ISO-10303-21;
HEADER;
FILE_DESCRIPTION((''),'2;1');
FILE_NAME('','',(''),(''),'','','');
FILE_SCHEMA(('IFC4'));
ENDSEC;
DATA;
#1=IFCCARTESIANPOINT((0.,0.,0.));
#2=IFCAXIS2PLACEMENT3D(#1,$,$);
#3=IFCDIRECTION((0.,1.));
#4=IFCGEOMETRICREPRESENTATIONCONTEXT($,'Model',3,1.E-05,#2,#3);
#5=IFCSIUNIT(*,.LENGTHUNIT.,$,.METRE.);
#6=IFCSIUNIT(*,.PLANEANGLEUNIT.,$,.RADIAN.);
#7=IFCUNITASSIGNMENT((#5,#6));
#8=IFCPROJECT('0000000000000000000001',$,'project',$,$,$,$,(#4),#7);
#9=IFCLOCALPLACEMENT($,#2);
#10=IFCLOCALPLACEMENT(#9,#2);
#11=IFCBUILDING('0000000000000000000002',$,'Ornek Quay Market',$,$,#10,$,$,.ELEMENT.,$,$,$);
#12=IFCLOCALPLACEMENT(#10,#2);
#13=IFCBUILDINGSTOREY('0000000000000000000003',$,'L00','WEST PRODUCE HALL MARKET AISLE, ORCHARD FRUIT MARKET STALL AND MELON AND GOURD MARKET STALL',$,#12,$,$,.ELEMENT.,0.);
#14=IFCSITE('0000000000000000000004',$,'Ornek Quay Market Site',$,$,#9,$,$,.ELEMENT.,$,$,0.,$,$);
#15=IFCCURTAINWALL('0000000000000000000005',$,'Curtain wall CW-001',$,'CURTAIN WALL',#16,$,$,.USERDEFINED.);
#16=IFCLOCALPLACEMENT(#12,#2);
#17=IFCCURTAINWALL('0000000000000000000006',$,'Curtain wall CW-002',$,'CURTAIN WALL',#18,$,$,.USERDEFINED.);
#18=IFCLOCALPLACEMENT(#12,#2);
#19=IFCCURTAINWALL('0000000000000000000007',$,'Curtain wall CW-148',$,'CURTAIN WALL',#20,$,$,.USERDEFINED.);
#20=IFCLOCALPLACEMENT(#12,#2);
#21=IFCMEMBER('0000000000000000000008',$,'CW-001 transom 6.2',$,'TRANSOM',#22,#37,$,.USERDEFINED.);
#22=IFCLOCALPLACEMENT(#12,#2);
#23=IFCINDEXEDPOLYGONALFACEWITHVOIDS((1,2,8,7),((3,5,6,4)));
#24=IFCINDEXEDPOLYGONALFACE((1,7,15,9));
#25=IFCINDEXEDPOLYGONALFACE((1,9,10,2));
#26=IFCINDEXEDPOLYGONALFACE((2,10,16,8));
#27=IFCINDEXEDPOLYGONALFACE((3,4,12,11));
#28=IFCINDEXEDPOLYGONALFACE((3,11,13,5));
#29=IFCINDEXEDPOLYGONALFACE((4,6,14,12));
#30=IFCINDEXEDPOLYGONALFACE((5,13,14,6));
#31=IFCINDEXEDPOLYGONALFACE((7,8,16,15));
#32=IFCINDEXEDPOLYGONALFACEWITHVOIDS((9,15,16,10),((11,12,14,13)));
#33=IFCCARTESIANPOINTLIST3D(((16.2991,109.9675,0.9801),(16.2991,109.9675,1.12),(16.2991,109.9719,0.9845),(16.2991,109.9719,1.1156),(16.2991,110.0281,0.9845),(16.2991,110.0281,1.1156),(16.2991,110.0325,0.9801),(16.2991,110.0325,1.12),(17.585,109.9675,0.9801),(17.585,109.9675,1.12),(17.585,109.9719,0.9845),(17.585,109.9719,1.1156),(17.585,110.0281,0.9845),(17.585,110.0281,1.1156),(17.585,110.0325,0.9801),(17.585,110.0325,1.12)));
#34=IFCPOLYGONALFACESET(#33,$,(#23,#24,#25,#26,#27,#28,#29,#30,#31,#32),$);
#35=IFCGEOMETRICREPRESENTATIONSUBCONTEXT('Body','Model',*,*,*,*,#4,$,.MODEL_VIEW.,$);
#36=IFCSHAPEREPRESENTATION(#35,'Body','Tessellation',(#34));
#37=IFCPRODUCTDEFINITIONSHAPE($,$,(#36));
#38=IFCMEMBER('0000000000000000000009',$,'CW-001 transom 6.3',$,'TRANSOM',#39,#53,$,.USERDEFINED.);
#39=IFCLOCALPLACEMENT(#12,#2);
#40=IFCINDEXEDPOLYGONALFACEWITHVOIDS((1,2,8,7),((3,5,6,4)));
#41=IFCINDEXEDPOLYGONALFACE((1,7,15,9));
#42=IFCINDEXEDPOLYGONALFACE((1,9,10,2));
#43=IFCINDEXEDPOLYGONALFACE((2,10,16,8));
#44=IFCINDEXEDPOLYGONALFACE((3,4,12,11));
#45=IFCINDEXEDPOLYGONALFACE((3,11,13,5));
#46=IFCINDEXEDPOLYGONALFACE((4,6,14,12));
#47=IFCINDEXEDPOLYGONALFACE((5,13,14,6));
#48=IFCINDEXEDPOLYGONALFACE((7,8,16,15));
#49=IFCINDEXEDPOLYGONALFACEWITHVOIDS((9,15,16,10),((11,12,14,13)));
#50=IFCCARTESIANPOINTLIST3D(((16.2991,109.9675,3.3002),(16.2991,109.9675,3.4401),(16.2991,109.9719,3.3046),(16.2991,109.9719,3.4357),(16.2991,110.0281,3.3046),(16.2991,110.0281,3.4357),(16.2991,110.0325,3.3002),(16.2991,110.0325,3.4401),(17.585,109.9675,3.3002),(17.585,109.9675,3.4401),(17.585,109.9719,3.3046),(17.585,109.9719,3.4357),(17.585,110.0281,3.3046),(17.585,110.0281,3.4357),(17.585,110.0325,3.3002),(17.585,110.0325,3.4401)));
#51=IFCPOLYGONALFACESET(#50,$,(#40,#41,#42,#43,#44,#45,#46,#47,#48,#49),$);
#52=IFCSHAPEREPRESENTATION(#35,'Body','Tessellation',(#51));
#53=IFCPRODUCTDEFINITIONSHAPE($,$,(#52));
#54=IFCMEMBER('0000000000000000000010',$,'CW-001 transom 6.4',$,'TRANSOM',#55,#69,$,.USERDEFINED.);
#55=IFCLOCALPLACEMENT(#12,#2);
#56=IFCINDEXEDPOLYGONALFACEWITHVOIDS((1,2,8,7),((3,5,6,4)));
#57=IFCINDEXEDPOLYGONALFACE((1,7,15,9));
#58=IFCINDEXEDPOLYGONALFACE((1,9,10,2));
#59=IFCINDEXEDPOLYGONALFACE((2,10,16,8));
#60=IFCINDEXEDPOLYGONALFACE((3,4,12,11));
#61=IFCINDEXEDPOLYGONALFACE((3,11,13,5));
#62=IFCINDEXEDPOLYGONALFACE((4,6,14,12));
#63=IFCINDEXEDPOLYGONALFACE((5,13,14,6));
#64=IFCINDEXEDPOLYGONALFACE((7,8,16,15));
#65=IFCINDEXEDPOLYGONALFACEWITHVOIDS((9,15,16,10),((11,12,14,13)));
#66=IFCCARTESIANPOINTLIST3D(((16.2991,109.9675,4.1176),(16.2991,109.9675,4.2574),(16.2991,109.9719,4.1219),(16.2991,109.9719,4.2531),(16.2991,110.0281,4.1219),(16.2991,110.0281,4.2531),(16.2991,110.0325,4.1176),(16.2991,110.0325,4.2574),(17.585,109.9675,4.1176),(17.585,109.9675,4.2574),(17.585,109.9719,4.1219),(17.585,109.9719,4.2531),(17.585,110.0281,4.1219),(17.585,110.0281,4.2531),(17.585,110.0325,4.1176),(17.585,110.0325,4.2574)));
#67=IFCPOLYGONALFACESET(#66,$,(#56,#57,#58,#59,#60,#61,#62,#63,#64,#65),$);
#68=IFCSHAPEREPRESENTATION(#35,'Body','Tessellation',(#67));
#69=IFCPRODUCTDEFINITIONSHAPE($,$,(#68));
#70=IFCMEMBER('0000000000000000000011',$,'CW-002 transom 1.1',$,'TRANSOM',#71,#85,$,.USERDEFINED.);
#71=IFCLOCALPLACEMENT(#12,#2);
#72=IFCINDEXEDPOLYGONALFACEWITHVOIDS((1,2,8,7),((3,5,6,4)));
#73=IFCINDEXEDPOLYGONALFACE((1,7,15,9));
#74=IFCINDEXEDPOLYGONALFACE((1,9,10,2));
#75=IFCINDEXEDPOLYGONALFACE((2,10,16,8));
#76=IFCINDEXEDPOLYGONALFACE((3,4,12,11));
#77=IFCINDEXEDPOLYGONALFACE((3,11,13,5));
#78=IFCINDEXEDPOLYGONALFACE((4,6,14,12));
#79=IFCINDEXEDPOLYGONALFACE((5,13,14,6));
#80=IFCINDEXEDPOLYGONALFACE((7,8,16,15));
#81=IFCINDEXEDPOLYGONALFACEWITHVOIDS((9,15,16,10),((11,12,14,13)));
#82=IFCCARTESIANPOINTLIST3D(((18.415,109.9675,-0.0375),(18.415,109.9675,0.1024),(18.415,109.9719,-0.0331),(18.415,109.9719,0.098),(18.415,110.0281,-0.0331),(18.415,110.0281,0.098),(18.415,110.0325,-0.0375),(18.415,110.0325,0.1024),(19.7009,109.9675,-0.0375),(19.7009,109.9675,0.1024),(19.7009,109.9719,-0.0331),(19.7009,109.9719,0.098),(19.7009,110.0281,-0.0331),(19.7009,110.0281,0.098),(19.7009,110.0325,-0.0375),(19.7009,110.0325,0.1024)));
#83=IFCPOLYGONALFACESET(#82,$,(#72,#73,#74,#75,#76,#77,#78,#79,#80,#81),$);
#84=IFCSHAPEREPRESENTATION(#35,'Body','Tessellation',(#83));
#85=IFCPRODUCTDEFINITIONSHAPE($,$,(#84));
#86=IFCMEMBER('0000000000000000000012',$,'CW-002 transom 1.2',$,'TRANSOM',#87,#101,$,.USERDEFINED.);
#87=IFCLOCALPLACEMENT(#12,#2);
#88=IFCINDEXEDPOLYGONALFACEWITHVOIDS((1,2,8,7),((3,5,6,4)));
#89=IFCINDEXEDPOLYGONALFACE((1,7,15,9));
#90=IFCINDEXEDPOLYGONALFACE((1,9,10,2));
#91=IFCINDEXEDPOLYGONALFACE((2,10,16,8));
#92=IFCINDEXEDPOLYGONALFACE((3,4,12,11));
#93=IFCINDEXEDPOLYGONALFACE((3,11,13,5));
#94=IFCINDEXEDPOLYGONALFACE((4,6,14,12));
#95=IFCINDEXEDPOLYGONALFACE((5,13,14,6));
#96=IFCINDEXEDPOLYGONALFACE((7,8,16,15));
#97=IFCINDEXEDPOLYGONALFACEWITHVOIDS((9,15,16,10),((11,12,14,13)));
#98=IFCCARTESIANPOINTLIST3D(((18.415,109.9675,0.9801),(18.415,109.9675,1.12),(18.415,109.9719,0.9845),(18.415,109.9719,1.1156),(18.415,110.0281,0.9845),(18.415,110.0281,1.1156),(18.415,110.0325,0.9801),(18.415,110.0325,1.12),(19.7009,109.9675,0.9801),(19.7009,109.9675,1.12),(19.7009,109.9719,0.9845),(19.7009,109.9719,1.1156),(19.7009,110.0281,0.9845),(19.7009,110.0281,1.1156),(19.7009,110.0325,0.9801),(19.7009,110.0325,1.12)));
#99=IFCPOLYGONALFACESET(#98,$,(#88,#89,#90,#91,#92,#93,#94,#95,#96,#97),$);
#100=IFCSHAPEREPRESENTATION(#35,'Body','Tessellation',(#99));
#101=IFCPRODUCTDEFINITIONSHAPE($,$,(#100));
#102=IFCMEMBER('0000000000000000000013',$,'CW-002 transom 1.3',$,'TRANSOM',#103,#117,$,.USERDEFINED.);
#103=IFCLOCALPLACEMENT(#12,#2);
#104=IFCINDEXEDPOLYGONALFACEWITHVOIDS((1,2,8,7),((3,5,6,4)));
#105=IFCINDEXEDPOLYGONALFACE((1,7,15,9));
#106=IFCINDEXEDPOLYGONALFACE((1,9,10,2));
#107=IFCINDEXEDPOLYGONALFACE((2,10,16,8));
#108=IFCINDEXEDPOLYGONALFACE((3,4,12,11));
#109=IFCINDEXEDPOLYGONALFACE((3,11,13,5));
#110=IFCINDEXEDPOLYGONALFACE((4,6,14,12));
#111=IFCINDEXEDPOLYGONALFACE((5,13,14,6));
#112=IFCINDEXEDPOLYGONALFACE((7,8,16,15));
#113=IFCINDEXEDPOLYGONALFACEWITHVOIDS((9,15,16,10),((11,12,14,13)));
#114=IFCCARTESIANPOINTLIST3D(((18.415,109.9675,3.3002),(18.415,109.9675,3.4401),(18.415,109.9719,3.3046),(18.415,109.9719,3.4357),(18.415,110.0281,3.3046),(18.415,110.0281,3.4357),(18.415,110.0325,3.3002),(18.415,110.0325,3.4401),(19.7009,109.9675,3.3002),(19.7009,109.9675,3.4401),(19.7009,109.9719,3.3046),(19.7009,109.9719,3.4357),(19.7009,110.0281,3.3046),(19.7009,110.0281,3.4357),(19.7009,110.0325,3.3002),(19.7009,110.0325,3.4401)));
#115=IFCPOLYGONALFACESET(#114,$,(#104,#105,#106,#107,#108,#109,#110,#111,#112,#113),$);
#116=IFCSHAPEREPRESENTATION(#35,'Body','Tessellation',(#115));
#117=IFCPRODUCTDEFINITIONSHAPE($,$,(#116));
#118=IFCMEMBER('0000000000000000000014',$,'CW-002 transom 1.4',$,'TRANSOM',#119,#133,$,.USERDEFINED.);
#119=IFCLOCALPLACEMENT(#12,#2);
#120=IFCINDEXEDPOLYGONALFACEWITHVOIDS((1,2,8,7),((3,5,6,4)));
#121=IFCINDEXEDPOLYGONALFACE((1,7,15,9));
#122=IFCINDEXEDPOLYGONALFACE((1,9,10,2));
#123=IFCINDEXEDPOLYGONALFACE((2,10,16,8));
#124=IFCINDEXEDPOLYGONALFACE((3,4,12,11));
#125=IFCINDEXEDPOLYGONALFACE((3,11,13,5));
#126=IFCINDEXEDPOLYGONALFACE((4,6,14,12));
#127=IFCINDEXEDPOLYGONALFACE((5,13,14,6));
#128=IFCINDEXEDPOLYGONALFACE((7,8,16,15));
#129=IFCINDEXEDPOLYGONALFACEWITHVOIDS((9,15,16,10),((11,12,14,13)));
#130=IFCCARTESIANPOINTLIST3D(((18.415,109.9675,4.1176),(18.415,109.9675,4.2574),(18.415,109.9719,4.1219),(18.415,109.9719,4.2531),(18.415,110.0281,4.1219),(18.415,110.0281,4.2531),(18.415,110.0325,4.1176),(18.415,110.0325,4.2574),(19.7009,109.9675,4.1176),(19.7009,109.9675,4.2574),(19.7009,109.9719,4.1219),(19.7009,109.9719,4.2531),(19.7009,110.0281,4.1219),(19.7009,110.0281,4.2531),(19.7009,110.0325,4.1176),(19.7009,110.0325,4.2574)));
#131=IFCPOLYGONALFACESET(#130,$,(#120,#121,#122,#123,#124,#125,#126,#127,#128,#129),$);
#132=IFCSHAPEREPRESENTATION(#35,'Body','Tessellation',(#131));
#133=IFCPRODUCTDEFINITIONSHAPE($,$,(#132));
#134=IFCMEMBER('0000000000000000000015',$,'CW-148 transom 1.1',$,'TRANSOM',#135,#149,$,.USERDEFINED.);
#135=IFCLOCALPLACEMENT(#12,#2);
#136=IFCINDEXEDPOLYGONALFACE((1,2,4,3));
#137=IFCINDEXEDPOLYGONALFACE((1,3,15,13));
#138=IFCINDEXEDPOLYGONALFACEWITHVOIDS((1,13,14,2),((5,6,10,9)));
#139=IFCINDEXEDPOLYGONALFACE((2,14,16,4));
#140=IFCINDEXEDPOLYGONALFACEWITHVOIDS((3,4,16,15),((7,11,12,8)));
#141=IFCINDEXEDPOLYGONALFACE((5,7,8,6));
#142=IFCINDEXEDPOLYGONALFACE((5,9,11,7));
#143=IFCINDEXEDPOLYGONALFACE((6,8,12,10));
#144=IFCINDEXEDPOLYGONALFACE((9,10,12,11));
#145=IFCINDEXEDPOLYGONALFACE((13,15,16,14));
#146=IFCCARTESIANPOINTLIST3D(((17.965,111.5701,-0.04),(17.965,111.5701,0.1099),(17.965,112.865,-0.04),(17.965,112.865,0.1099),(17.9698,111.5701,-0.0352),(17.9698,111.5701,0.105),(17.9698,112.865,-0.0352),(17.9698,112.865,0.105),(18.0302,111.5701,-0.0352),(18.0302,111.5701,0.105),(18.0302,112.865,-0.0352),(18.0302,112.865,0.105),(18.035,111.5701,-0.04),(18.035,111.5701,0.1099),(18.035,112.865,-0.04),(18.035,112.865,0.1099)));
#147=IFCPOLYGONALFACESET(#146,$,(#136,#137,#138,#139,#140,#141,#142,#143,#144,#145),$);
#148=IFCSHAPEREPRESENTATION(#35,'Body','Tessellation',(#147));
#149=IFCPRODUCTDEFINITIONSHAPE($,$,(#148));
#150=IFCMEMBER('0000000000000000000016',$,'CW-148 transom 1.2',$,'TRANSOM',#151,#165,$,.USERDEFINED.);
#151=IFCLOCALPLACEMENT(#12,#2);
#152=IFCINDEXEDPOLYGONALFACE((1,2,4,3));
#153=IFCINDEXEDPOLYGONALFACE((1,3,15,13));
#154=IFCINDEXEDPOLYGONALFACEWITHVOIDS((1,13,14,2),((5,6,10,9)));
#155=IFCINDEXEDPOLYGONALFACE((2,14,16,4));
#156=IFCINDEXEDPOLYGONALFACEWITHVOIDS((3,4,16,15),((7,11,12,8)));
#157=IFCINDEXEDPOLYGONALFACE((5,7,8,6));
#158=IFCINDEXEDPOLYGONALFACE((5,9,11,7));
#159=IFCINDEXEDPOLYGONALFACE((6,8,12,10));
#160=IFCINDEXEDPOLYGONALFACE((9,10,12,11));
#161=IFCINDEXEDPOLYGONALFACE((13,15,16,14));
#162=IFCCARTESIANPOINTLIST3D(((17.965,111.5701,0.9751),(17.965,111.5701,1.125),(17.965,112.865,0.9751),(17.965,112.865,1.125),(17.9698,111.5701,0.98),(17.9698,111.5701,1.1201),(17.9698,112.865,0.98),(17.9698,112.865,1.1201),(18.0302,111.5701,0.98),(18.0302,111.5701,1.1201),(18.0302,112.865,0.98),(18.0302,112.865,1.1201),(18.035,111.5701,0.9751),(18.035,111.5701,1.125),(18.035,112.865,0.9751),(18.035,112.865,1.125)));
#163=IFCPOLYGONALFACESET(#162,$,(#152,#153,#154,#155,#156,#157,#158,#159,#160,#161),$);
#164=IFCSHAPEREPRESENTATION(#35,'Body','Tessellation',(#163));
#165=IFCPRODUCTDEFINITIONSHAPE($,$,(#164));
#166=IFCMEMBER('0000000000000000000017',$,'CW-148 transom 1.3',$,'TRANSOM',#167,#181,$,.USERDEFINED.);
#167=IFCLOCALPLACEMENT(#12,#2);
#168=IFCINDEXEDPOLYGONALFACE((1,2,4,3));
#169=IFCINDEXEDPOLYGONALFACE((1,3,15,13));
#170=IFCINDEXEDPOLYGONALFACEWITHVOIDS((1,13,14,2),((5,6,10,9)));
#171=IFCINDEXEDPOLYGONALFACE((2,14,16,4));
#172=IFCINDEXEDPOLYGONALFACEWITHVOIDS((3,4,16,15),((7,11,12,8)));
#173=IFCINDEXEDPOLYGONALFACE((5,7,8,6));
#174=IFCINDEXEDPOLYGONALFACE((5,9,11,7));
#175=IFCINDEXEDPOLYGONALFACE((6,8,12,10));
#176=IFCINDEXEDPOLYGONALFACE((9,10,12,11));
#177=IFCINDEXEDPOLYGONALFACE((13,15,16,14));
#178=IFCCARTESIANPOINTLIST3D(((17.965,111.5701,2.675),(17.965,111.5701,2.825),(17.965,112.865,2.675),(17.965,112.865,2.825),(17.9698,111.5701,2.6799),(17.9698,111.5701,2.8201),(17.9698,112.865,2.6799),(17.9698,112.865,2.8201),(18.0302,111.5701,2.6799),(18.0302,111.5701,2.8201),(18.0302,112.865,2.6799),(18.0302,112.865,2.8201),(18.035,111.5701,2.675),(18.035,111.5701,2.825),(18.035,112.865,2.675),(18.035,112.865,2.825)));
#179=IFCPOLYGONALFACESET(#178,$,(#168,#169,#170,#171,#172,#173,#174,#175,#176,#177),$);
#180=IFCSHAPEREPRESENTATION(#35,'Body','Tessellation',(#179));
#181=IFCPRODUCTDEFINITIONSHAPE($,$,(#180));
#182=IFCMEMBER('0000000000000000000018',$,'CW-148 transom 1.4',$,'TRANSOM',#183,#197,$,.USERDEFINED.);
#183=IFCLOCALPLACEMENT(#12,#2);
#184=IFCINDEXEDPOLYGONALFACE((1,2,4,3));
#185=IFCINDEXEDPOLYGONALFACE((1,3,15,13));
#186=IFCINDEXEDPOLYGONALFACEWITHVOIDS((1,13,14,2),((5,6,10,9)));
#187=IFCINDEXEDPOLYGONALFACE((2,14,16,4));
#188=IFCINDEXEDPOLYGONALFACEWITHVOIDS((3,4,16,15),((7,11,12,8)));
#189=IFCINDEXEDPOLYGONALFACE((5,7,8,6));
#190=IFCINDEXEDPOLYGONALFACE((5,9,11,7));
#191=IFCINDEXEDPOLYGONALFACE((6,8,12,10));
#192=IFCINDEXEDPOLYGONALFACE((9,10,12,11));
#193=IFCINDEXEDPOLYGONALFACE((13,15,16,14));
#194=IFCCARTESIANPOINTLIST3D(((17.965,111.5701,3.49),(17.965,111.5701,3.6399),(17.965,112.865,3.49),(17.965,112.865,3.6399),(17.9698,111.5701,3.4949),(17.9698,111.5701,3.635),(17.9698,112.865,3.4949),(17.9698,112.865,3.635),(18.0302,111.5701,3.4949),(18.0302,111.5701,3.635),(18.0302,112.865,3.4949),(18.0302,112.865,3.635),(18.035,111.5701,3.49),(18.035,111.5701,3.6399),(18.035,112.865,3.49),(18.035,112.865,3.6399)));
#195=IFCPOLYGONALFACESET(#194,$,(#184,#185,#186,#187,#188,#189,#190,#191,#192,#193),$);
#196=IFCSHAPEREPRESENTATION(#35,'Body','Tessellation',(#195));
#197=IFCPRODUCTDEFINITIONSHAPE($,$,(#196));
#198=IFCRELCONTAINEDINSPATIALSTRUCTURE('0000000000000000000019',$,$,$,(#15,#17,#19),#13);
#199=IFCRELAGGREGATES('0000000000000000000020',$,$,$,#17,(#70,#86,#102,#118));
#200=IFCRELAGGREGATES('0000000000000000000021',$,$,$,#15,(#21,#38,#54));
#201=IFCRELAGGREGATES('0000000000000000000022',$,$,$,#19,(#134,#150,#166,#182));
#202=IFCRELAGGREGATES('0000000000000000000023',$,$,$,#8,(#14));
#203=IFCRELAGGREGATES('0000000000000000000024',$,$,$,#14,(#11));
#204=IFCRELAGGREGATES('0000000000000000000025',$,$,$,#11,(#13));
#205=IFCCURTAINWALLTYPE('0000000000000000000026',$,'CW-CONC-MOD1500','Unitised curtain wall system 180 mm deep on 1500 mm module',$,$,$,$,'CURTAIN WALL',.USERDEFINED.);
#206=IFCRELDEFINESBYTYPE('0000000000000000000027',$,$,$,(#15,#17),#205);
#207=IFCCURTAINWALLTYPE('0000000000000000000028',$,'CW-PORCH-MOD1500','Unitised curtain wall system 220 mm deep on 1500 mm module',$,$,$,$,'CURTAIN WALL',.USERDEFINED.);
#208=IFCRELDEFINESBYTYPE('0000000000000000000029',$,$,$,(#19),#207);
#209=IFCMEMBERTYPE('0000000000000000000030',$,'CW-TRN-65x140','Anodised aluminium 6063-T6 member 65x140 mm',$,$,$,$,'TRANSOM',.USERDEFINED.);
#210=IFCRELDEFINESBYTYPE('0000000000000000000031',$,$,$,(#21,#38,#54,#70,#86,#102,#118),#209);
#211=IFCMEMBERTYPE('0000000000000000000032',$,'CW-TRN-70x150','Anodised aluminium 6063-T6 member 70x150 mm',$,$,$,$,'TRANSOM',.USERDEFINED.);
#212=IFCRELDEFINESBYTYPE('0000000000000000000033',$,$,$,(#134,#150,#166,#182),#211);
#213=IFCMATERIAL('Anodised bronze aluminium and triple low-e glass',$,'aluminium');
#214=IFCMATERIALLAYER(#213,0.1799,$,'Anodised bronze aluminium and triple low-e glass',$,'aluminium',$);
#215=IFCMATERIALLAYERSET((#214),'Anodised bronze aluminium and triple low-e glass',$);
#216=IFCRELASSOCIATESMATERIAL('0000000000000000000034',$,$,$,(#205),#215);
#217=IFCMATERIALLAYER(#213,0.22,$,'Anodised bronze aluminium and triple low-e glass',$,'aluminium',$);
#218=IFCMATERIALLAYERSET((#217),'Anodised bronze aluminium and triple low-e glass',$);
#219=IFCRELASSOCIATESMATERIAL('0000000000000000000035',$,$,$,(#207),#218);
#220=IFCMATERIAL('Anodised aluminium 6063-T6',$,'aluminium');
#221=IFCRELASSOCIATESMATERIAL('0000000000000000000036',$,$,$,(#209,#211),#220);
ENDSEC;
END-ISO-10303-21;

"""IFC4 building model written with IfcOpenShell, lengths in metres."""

from ifc_helpers import new_model, si_unit, direction, frame, origin, origin_2d, place, context, subcontext, project, spatial, hollow_rectangle, extrude, material, layer, layer_set, material_profile, profile_set, type_object, element, aggregate, save


model = new_model("IFC4")

# Units and contexts
model_context = context("Model", 3, precision=1e-05, world=origin(), true_north=direction((0.0, 1.0)))
body_context = subcontext(model_context, "Body", "Model", "MODEL_VIEW")
ifc_project = project(units=[si_unit("LENGTHUNIT", "METRE"), si_unit("PLANEANGLEUNIT", "RADIAN")], contexts=[model_context])

# Site, building, storey
site_placement = place(None, origin())
site = spatial("IfcSite", under=ifc_project, at=site_placement, Name="Ornek Quay Market Site", CompositionType="ELEMENT", RefElevation=0.0)
building_placement = place(site_placement, origin())
building = spatial("IfcBuilding", under=site, at=building_placement, Name="Ornek Quay Market", CompositionType="ELEMENT")
storey_placement = place(building_placement, origin())
storey = spatial("IfcBuildingStorey", under=building, at=storey_placement, Name="L00", Description="WEST PRODUCE HALL MARKET AISLE, ORCHARD FRUIT MARKET STALL AND MELON AND GOURD MARKET STALL", CompositionType="ELEMENT", Elevation=0.0)

# Curtain wall
ifc_material_1 = material(Name="Anodised bronze aluminium and triple low-e glass", Category="aluminium")
ifc_layer_1 = layer(ifc_material_1, 0.1799, Name="Anodised bronze aluminium and triple low-e glass", Category="aluminium")
ifc_layer_set_1 = layer_set([ifc_layer_1], Name="Anodised bronze aluminium and triple low-e glass")
curtain_wall_type_1 = type_object("IfcCurtainWallType", Name="CW-CONC-MOD1500", Description="Unitised curtain wall system 180 mm deep on 1500 mm module", ElementType="CURTAIN WALL", PredefinedType="USERDEFINED", material=ifc_layer_set_1)
curtain_wall_1_placement = place(storey_placement, origin())
curtain_wall_1 = element("IfcCurtainWall", 1, at=curtain_wall_1_placement, inside=storey, type_object=curtain_wall_type_1, Name="Curtain wall CW-001", ObjectType="CURTAIN WALL", PredefinedType="USERDEFINED")
ifc_material_2 = material(Name="Anodised aluminium 6063-T6", Category="aluminium")

# Curtain wall
curtain_wall_2_placement = place(storey_placement, origin())
curtain_wall_2 = element("IfcCurtainWall", 2, at=curtain_wall_2_placement, inside=storey, type_object=curtain_wall_type_1, Name="Curtain wall CW-002", ObjectType="CURTAIN WALL", PredefinedType="USERDEFINED")

# Curtain wall
ifc_layer_2 = layer(ifc_material_1, 0.22, Name="Anodised bronze aluminium and triple low-e glass", Category="aluminium")
ifc_layer_set_2 = layer_set([ifc_layer_2], Name="Anodised bronze aluminium and triple low-e glass")
curtain_wall_type_2 = type_object("IfcCurtainWallType", Name="CW-PORCH-MOD1500", Description="Unitised curtain wall system 220 mm deep on 1500 mm module", ElementType="CURTAIN WALL", PredefinedType="USERDEFINED", material=ifc_layer_set_2)
curtain_wall_3_placement = place(storey_placement, origin())
curtain_wall_3 = element("IfcCurtainWall", 3, at=curtain_wall_3_placement, inside=storey, type_object=curtain_wall_type_2, Name="Curtain wall CW-148", ObjectType="CURTAIN WALL", PredefinedType="USERDEFINED")

# Members
ifc_material_profile_1 = material_profile(ifc_material_2, hollow_rectangle(XDim=0.0649, YDim=0.1399, WallThickness=0.0044, at=origin_2d()), Name="CW-TRN-65x140", Category="aluminium")
ifc_profile_set_1 = profile_set([ifc_material_profile_1], Name="Anodised aluminium 6063-T6")
member_type_1 = type_object("IfcMemberType", Name="CW-TRN-65x140", Description="Anodised aluminium 6063-T6 member 65x140 mm", ElementType="TRANSOM", PredefinedType="USERDEFINED", material=ifc_profile_set_1)
member_1_placement = place(storey_placement, frame((16.2991, 110.0, 1.05), z_axis=(1.0, 0.0, 0.0), x_axis=(0.0, 1.0, 0.0)))
member_1 = element("IfcMember", 4, at=member_1_placement, type_object=member_type_1, Name="CW-001 transom 6.2", ObjectType="TRANSOM", PredefinedType="USERDEFINED", context=body_context, shape_type="SweptSolid", body=[
    extrude(hollow_rectangle(XDim=0.0649, YDim=0.1399, WallThickness=0.0044, at=origin_2d()), origin(), (0.0, 0.0, 1.0), 1.2859),
])
member_2_placement = place(storey_placement, frame((16.2991, 110.0, 3.3701), z_axis=(1.0, 0.0, 0.0), x_axis=(0.0, 1.0, 0.0)))
member_2 = element("IfcMember", 5, at=member_2_placement, type_object=member_type_1, Name="CW-001 transom 6.3", ObjectType="TRANSOM", PredefinedType="USERDEFINED", context=body_context, shape_type="SweptSolid", body=[
    extrude(hollow_rectangle(XDim=0.0649, YDim=0.1399, WallThickness=0.0044, at=origin_2d()), origin(), (0.0, 0.0, 1.0), 1.2859),
])
member_3_placement = place(storey_placement, frame((16.2991, 110.0, 4.1875), z_axis=(1.0, 0.0, 0.0), x_axis=(0.0, 1.0, 0.0)))
member_3 = element("IfcMember", 6, at=member_3_placement, type_object=member_type_1, Name="CW-001 transom 6.4", ObjectType="TRANSOM", PredefinedType="USERDEFINED", context=body_context, shape_type="SweptSolid", body=[
    extrude(hollow_rectangle(XDim=0.0649, YDim=0.1399, WallThickness=0.0044, at=origin_2d()), origin(), (0.0, 0.0, 1.0), 1.2859),
])
member_4_placement = place(storey_placement, frame((18.415, 110.0, 0.0325), z_axis=(1.0, 0.0, 0.0), x_axis=(0.0, 1.0, 0.0)))
member_4 = element("IfcMember", 7, at=member_4_placement, type_object=member_type_1, Name="CW-002 transom 1.1", ObjectType="TRANSOM", PredefinedType="USERDEFINED", context=body_context, shape_type="SweptSolid", body=[
    extrude(hollow_rectangle(XDim=0.0649, YDim=0.1399, WallThickness=0.0044, at=origin_2d()), origin(), (0.0, 0.0, 1.0), 1.2859),
])
member_5_placement = place(storey_placement, frame((18.415, 110.0, 1.05), z_axis=(1.0, 0.0, 0.0), x_axis=(0.0, 1.0, 0.0)))
member_5 = element("IfcMember", 8, at=member_5_placement, type_object=member_type_1, Name="CW-002 transom 1.2", ObjectType="TRANSOM", PredefinedType="USERDEFINED", context=body_context, shape_type="SweptSolid", body=[
    extrude(hollow_rectangle(XDim=0.0649, YDim=0.1399, WallThickness=0.0044, at=origin_2d()), origin(), (0.0, 0.0, 1.0), 1.2859),
])
member_6_placement = place(storey_placement, frame((18.415, 110.0, 3.3701), z_axis=(1.0, 0.0, 0.0), x_axis=(0.0, 1.0, 0.0)))
member_6 = element("IfcMember", 9, at=member_6_placement, type_object=member_type_1, Name="CW-002 transom 1.3", ObjectType="TRANSOM", PredefinedType="USERDEFINED", context=body_context, shape_type="SweptSolid", body=[
    extrude(hollow_rectangle(XDim=0.0649, YDim=0.1399, WallThickness=0.0044, at=origin_2d()), origin(), (0.0, 0.0, 1.0), 1.2859),
])
member_7_placement = place(storey_placement, frame((18.415, 110.0, 4.1875), z_axis=(1.0, 0.0, 0.0), x_axis=(0.0, 1.0, 0.0)))
member_7 = element("IfcMember", 10, at=member_7_placement, type_object=member_type_1, Name="CW-002 transom 1.4", ObjectType="TRANSOM", PredefinedType="USERDEFINED", context=body_context, shape_type="SweptSolid", body=[
    extrude(hollow_rectangle(XDim=0.0649, YDim=0.1399, WallThickness=0.0044, at=origin_2d()), origin(), (0.0, 0.0, 1.0), 1.2859),
])
aggregate(curtain_wall_2, [member_4, member_5, member_6, member_7])
ifc_material_profile_2 = material_profile(ifc_material_2, hollow_rectangle(XDim=0.0701, YDim=0.1499, WallThickness=0.0049, at=origin_2d()), Name="CW-TRN-70x150", Category="aluminium")
ifc_profile_set_2 = profile_set([ifc_material_profile_2], Name="Anodised aluminium 6063-T6")
member_type_2 = type_object("IfcMemberType", Name="CW-TRN-70x150", Description="Anodised aluminium 6063-T6 member 70x150 mm", ElementType="TRANSOM", PredefinedType="USERDEFINED", material=ifc_profile_set_2)
member_8_placement = place(storey_placement, frame((18.0, 111.5701, 0.0349), z_axis=(0.0, 1.0, 0.0), x_axis=(-1.0, 0.0, 0.0)))
member_8 = element("IfcMember", 11, at=member_8_placement, type_object=member_type_2, Name="CW-148 transom 1.1", ObjectType="TRANSOM", PredefinedType="USERDEFINED", context=body_context, shape_type="SweptSolid", body=[
    extrude(hollow_rectangle(XDim=0.0701, YDim=0.1499, WallThickness=0.0049, at=origin_2d()), origin(), (0.0, 0.0, 1.0), 1.2949),
])
member_9_placement = place(storey_placement, frame((18.0, 111.5701, 1.05), z_axis=(0.0, 1.0, 0.0), x_axis=(-1.0, 0.0, 0.0)))
member_9 = element("IfcMember", 12, at=member_9_placement, type_object=member_type_2, Name="CW-148 transom 1.2", ObjectType="TRANSOM", PredefinedType="USERDEFINED", context=body_context, shape_type="SweptSolid", body=[
    extrude(hollow_rectangle(XDim=0.0701, YDim=0.1499, WallThickness=0.0049, at=origin_2d()), origin(), (0.0, 0.0, 1.0), 1.2949),
])
member_10_placement = place(storey_placement, frame((18.0, 111.5701, 2.75), z_axis=(0.0, 1.0, 0.0), x_axis=(-1.0, 0.0, 0.0)))
member_10 = element("IfcMember", 13, at=member_10_placement, type_object=member_type_2, Name="CW-148 transom 1.3", ObjectType="TRANSOM", PredefinedType="USERDEFINED", context=body_context, shape_type="SweptSolid", body=[
    extrude(hollow_rectangle(XDim=0.0701, YDim=0.1499, WallThickness=0.0049, at=origin_2d()), origin(), (0.0, 0.0, 1.0), 1.2949),
])
member_11_placement = place(storey_placement, frame((18.0, 111.5701, 3.5649), z_axis=(0.0, 1.0, 0.0), x_axis=(-1.0, 0.0, 0.0)))
member_11 = element("IfcMember", 14, at=member_11_placement, type_object=member_type_2, Name="CW-148 transom 1.4", ObjectType="TRANSOM", PredefinedType="USERDEFINED", context=body_context, shape_type="SweptSolid", body=[
    extrude(hollow_rectangle(XDim=0.0701, YDim=0.1499, WallThickness=0.0049, at=origin_2d()), origin(), (0.0, 0.0, 1.0), 1.2949),
])

aggregate(curtain_wall_1, [member_1, member_2, member_3])
aggregate(curtain_wall_3, [member_8, member_9, member_10, member_11])

save(model, "model.ifc")
